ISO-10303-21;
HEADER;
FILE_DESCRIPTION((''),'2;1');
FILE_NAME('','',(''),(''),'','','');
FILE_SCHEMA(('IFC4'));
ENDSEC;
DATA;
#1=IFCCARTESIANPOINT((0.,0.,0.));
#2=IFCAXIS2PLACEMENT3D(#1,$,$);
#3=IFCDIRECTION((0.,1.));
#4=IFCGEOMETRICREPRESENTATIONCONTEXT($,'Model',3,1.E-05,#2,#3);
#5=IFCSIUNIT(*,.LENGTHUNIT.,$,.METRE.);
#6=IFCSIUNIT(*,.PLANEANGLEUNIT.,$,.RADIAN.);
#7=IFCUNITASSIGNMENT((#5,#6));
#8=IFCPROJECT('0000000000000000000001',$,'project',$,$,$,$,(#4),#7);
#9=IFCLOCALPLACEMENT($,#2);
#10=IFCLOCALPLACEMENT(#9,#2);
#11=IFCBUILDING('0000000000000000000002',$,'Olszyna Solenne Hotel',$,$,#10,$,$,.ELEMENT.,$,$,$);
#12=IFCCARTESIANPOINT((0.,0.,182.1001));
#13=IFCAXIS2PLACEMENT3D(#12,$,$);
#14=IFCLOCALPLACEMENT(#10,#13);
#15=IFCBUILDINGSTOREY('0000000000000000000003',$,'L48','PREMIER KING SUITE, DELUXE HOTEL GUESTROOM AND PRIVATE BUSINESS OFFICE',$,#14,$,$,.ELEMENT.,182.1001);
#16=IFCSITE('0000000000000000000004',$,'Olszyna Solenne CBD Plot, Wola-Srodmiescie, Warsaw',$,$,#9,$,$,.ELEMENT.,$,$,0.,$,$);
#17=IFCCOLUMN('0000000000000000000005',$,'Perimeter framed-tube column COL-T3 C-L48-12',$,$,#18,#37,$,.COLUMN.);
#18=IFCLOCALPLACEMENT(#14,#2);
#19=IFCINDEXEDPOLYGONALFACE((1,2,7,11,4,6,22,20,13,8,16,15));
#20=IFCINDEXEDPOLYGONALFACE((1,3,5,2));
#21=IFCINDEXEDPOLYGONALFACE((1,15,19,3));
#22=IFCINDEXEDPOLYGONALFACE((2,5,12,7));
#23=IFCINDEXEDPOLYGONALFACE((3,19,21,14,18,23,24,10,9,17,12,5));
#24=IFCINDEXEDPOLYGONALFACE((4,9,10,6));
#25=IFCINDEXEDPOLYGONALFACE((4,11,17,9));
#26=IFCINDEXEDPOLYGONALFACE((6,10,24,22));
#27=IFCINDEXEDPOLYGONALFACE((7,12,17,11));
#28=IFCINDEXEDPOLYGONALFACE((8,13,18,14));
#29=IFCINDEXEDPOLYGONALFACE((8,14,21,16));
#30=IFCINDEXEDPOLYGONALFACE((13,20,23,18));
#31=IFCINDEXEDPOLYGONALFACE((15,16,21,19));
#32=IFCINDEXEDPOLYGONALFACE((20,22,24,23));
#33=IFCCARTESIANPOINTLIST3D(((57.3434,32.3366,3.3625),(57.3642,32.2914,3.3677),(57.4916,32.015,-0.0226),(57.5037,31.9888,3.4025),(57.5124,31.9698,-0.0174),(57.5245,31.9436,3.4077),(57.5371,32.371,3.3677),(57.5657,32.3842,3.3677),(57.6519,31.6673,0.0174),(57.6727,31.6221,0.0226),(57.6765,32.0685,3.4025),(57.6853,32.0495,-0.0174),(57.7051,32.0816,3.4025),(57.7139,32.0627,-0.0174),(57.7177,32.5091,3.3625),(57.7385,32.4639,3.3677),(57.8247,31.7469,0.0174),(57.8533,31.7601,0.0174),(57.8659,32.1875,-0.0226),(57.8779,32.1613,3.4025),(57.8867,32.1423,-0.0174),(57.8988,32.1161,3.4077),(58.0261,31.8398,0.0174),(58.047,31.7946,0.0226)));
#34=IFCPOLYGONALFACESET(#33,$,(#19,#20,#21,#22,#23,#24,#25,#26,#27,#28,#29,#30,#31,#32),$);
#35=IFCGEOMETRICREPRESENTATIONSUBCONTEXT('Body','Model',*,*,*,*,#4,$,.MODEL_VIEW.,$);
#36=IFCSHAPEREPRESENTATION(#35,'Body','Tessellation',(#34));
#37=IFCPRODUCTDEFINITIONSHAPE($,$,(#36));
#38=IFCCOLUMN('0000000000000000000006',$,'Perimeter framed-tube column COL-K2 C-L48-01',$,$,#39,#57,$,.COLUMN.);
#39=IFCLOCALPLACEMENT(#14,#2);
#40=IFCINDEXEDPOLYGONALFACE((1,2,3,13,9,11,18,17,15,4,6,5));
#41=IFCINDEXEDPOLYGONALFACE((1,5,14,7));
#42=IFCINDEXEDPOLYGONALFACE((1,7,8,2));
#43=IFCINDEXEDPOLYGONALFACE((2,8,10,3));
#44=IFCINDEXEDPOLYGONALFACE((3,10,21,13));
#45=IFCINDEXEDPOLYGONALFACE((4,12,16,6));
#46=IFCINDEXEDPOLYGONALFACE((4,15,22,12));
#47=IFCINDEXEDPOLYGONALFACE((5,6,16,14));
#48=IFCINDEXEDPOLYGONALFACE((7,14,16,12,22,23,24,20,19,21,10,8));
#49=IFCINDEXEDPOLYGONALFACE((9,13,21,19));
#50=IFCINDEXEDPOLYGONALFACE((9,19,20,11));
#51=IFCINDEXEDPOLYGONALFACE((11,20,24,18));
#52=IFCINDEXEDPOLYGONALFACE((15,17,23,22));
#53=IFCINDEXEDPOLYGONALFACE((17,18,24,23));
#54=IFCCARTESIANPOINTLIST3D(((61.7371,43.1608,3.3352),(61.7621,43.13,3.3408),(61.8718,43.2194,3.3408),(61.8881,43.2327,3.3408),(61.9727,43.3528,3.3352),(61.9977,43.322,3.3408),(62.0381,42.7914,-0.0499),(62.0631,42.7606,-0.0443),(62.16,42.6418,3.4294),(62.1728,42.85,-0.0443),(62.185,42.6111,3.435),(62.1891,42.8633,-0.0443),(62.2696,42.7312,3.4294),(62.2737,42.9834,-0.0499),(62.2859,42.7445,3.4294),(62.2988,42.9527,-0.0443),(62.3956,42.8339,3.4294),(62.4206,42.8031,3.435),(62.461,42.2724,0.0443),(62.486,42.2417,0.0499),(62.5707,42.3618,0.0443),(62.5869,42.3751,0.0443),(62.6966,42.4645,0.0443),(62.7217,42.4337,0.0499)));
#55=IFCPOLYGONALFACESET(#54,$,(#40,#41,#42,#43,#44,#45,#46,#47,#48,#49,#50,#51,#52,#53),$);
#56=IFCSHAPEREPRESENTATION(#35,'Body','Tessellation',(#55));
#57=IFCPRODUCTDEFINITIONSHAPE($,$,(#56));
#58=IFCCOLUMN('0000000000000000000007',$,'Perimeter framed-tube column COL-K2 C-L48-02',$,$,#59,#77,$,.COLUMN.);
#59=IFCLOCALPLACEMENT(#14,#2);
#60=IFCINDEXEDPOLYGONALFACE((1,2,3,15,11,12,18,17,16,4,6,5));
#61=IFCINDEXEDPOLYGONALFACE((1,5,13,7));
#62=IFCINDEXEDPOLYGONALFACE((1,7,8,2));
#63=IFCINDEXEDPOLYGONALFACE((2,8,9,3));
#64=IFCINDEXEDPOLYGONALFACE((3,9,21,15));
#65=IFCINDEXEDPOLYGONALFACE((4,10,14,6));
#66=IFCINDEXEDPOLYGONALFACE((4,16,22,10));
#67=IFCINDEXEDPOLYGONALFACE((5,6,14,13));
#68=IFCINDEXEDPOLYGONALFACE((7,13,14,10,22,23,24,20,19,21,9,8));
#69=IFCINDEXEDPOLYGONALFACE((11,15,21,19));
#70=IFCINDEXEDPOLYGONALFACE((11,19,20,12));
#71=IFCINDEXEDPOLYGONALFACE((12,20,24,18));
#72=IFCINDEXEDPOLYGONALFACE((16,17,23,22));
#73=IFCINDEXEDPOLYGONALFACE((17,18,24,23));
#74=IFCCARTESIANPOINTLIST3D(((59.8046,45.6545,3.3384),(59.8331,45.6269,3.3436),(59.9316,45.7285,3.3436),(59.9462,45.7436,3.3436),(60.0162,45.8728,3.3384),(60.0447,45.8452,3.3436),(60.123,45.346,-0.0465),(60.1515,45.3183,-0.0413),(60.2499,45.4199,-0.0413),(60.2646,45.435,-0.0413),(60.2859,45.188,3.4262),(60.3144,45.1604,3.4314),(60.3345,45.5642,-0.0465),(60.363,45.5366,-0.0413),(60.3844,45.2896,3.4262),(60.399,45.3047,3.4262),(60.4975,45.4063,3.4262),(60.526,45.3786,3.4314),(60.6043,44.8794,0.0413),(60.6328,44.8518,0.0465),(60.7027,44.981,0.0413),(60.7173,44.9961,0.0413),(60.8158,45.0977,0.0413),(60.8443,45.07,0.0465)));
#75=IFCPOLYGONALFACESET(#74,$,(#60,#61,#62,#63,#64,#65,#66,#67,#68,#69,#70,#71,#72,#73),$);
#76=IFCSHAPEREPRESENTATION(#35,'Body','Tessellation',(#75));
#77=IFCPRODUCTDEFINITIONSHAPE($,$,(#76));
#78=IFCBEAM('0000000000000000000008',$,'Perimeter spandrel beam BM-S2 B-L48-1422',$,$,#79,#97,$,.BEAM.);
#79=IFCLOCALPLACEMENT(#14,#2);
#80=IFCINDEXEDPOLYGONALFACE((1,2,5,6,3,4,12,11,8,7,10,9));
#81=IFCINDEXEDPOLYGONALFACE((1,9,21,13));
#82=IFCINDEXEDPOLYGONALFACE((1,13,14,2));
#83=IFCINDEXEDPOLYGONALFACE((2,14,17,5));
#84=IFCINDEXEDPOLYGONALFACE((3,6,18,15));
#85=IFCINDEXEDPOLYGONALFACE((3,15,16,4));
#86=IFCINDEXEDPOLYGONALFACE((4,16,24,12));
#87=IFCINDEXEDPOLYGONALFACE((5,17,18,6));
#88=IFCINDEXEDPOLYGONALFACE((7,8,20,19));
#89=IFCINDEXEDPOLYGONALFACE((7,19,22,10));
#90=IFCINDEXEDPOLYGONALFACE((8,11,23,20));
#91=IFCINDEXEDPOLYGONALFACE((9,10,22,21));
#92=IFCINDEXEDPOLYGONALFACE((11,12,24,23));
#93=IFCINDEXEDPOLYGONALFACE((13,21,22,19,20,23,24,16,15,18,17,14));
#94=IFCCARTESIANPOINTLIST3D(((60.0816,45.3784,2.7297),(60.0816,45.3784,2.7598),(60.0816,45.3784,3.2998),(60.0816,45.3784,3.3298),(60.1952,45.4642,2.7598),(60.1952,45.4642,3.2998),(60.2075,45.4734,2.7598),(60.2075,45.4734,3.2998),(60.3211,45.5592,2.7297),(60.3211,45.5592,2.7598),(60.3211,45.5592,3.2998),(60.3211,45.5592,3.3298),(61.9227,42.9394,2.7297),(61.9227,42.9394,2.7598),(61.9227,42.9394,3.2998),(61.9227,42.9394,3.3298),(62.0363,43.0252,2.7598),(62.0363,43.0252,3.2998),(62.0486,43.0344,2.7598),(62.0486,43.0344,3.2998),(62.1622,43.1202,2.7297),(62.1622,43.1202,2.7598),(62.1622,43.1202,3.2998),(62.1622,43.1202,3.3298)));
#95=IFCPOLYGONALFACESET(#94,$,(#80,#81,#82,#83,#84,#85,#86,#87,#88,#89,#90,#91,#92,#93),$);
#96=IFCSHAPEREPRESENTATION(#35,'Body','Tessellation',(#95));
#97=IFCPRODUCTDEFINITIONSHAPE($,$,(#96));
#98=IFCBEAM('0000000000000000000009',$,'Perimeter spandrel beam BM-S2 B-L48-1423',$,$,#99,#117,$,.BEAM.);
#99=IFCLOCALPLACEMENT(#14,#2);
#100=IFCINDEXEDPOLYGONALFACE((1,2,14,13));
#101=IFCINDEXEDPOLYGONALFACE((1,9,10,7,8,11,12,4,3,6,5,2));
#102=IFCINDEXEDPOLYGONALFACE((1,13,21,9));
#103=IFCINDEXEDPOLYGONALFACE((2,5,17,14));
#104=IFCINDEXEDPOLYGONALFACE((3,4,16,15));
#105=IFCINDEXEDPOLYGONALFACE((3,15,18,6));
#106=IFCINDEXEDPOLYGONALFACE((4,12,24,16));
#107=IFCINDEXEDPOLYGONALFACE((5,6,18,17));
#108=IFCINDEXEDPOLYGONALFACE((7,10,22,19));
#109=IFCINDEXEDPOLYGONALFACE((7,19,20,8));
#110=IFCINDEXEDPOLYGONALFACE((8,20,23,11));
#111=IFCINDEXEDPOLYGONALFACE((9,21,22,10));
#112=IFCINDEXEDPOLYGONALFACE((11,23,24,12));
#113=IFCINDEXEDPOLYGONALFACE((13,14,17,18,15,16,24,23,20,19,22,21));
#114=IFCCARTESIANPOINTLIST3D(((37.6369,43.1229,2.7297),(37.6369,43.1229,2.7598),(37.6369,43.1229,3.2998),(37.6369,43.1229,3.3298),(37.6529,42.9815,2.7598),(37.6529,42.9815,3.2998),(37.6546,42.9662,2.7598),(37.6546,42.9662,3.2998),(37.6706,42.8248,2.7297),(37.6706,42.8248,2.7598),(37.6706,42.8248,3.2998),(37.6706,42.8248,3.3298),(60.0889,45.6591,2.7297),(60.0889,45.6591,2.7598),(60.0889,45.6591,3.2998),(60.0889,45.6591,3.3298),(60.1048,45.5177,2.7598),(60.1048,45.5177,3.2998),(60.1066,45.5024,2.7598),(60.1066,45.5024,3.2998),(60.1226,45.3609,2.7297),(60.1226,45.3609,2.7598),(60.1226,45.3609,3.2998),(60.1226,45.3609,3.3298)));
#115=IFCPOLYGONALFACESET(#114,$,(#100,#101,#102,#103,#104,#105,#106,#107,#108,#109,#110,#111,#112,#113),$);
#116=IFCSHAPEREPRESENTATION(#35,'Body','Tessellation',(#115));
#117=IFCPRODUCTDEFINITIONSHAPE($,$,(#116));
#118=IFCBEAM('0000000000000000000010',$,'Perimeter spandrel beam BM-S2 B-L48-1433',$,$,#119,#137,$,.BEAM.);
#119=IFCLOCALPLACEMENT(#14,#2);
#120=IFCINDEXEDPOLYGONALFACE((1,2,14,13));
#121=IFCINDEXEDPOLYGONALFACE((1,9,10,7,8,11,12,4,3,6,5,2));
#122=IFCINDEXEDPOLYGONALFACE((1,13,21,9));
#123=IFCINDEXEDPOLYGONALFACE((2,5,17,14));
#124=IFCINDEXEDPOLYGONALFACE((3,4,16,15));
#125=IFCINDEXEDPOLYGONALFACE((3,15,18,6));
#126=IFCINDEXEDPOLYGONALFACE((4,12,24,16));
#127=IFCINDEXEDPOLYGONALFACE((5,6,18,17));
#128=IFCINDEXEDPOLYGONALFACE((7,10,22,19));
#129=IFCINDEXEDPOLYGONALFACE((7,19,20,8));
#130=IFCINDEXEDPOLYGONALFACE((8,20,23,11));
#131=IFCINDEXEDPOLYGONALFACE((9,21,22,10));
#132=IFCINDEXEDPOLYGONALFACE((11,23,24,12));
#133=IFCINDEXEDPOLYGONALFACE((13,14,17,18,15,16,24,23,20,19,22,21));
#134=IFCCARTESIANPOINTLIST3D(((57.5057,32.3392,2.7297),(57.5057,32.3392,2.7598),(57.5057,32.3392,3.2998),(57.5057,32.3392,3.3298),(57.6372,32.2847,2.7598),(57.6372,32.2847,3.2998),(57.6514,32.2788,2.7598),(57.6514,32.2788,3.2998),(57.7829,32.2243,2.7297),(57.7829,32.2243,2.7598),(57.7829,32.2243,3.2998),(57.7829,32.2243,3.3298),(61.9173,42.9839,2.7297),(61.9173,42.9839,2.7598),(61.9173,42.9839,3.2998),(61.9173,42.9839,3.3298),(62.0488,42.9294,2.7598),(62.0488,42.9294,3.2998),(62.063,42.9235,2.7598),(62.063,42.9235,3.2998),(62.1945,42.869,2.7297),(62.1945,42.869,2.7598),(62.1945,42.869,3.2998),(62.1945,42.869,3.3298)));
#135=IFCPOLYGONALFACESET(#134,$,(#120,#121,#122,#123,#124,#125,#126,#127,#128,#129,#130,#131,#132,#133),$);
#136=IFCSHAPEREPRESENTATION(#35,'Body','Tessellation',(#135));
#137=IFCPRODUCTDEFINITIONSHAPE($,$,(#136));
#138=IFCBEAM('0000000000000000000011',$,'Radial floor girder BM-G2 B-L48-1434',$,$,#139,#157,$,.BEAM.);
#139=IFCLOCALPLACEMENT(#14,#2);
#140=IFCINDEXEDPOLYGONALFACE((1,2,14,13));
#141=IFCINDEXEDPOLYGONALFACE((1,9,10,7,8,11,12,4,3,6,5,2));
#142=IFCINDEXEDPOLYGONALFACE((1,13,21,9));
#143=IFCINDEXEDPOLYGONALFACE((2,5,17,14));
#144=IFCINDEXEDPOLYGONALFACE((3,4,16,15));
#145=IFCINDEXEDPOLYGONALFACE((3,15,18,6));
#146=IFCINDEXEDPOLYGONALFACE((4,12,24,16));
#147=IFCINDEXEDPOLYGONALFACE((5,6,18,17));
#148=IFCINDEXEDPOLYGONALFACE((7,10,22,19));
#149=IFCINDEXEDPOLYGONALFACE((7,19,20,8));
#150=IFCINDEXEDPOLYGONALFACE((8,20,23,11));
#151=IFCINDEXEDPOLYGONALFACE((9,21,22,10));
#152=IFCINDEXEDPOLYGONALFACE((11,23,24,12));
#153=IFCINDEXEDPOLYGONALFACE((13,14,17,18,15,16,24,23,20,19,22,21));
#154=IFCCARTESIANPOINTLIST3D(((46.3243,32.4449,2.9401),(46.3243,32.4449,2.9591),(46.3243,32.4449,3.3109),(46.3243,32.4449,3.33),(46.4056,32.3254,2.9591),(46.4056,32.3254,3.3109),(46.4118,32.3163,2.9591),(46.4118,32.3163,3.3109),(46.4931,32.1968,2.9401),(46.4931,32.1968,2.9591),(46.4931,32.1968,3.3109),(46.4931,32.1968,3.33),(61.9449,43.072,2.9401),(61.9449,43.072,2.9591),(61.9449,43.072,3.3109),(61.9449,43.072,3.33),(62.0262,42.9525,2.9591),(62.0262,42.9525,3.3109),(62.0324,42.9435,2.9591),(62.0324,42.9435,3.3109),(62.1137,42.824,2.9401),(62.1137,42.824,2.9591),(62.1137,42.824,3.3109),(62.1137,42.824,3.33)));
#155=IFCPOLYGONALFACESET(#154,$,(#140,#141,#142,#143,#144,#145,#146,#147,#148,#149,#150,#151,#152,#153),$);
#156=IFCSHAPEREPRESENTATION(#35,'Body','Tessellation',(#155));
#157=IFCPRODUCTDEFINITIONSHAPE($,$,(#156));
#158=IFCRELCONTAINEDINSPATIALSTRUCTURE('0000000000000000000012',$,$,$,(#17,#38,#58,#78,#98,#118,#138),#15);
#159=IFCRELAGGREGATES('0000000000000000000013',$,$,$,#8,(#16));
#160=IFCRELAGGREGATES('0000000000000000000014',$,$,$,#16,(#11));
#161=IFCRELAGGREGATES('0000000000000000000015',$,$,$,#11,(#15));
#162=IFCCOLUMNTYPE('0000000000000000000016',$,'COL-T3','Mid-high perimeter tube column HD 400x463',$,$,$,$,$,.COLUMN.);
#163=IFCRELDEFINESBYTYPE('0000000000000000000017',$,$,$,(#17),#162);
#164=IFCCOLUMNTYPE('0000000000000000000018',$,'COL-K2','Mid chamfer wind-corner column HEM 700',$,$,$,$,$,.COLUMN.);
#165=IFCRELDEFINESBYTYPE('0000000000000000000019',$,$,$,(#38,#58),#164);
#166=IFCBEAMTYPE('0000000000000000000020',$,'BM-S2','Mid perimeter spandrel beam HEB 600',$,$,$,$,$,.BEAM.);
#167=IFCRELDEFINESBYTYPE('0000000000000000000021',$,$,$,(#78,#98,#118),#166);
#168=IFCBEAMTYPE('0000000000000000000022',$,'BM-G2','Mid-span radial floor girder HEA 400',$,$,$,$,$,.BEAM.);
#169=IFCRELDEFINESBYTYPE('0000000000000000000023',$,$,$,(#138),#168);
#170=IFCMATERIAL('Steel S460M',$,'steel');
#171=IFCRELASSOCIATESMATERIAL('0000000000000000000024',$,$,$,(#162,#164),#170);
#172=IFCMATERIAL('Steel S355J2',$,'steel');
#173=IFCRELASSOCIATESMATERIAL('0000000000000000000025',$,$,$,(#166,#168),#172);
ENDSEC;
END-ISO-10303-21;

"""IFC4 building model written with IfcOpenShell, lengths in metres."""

from ifc_helpers import new_model, si_unit, direction, frame, origin, origin_2d, place, context, subcontext, project, spatial, i_section, extrude, source, transform, mapped, material, material_profile, profile_set, type_object, element, save


model = new_model("IFC4")

# Units and contexts
model_context = context("Model", 3, precision=1e-05, world=origin(), true_north=direction((0.0, 1.0)))
body_context = subcontext(model_context, "Body", "Model", "MODEL_VIEW")
ifc_project = project(units=[si_unit("LENGTHUNIT", "METRE"), si_unit("PLANEANGLEUNIT", "RADIAN")], contexts=[model_context])

# Site, building, storey
site_placement = place(None, origin())
site = spatial("IfcSite", under=ifc_project, at=site_placement, Name="Olszyna Solenne CBD Plot, Wola-Srodmiescie, Warsaw", CompositionType="ELEMENT", RefElevation=0.0)
building_placement = place(site_placement, origin())
building = spatial("IfcBuilding", under=site, at=building_placement, Name="Olszyna Solenne Hotel", CompositionType="ELEMENT")
storey_placement = place(building_placement, frame((0.0, 0.0, 182.1001)))
storey = spatial("IfcBuildingStorey", under=building, at=storey_placement, Name="L48", Description="PREMIER KING SUITE, DELUXE HOTEL GUESTROOM AND PRIVATE BUSINESS OFFICE", CompositionType="ELEMENT", Elevation=182.1001)

# Columns
ifc_material_1 = material(Name="Steel S460M", Category="steel")
ifc_material_profile_1 = material_profile(ifc_material_1, i_section(OverallWidth=0.4121, OverallDepth=0.4351, WebThickness=0.0315, FlangeThickness=0.05, at=origin_2d()), Name="HD 400x463", Category="load-bearing")
ifc_profile_set_1 = profile_set([ifc_material_profile_1], Name="Steel S460M")
column_type_1 = type_object("IfcColumnType", Name="COL-T3", Description="Mid-high perimeter tube column HD 400x463", PredefinedType="COLUMN", material=ifc_profile_set_1)
shared_shape_1 = source(origin(), body_context, "Body", "SweptSolid", [
    extrude(i_section(OverallWidth=0.4121, OverallDepth=0.4351, WebThickness=0.0315, FlangeThickness=0.05, at=origin_2d()), origin(), (0.0, 0.0, 1.0), 3.4036),
])
column_1_placement = place(storey_placement, frame((57.7693, 31.9048, 0.0), z_axis=(-0.043542, 0.094472, 0.994575), x_axis=(-0.908181, -0.418577, 0.0)))
element("IfcColumn", 1, at=column_1_placement, inside=storey, type_object=column_type_1, Name="Perimeter framed-tube column COL-T3 C-L48-12", PredefinedType="COLUMN", context=body_context, shape_type="MappedRepresentation", body=[
    mapped(shared_shape_1, transform((0.0, 0.0, 0.0), x_axis=(1.0, 0.0, 0.0), y_axis=(0.0, 1.0, 0.0), z_axis=(0.0, 0.0, 1.0), scale=1.0)),
])
ifc_material_profile_2 = material_profile(ifc_material_1, i_section(OverallWidth=0.304, OverallDepth=0.7161, WebThickness=0.021, FlangeThickness=0.04, at=origin_2d()), Name="HEM 700", Category="load-bearing")
ifc_profile_set_2 = profile_set([ifc_material_profile_2], Name="Steel S460M")
column_type_2 = type_object("IfcColumnType", Name="COL-K2", Description="Mid chamfer wind-corner column HEM 700", PredefinedType="COLUMN", material=ifc_profile_set_2)
shared_shape_2 = source(origin(), body_context, "Body", "SweptSolid", [
    extrude(i_section(OverallWidth=0.304, OverallDepth=0.7161, WebThickness=0.021, FlangeThickness=0.04, at=origin_2d()), origin(), (0.0, 0.0, 1.0), 3.4185),
])
column_2_placement = place(storey_placement, frame((62.3799, 42.6125, 0.0), z_axis=(-0.088061, 0.108058, 0.990237), x_axis=(-0.775189, -0.63173, 0.0)))
element("IfcColumn", 2, at=column_2_placement, inside=storey, type_object=column_type_2, Name="Perimeter framed-tube column COL-K2 C-L48-01", PredefinedType="COLUMN", context=body_context, shape_type="MappedRepresentation", body=[
    mapped(shared_shape_2, transform((0.0, 0.0, 0.0), x_axis=(1.0, 0.0, 0.0), y_axis=(0.0, 1.0, 0.0), z_axis=(0.0, 0.0, 1.0), scale=1.0)),
])
shared_shape_3 = source(origin(), body_context, "Body", "SweptSolid", [
    extrude(i_section(OverallWidth=0.304, OverallDepth=0.7161, WebThickness=0.021, FlangeThickness=0.04, at=origin_2d()), origin(), (0.0, 0.0, 1.0), 3.4138),
])
column_3_placement = place(storey_placement, frame((60.4836, 45.208, 0.0), z_axis=(-0.093253, 0.090393, 0.991531), x_axis=(-0.696008, -0.718034, 0.0)))
element("IfcColumn", 3, at=column_3_placement, inside=storey, type_object=column_type_2, Name="Perimeter framed-tube column COL-K2 C-L48-02", PredefinedType="COLUMN", context=body_context, shape_type="MappedRepresentation", body=[
    mapped(shared_shape_3, transform((0.0, 0.0, 0.0), x_axis=(1.0, 0.0, 0.0), y_axis=(0.0, 1.0, 0.0), z_axis=(0.0, 0.0, 1.0), scale=1.0)),
])

# Beams
ifc_material_2 = material(Name="Steel S355J2", Category="steel")
ifc_material_profile_3 = material_profile(ifc_material_2, i_section(OverallWidth=0.3, OverallDepth=0.6001, WebThickness=0.0154, FlangeThickness=0.03, at=origin_2d()), Name="HEB 600", Category="load-bearing")
ifc_profile_set_3 = profile_set([ifc_material_profile_3], Name="Steel S355J2")
beam_type_1 = type_object("IfcBeamType", Name="BM-S2", Description="Mid perimeter spandrel beam HEB 600", PredefinedType="BEAM", material=ifc_profile_set_3)
shared_shape_4 = source(origin(), body_context, "Body", "SweptSolid", [
    extrude(i_section(OverallWidth=0.3, OverallDepth=0.6001, WebThickness=0.0154, FlangeThickness=0.03, at=origin_2d()), origin(), (0.0, 0.0, 1.0), 3.0559),
])
beam_1_placement = place(storey_placement, frame((62.0425, 43.0298, 3.0298), z_axis=(-0.602477, 0.798136, 0.0), x_axis=(-0.798136, -0.602477, 0.0)))
element("IfcBeam", 4, at=beam_1_placement, inside=storey, type_object=beam_type_1, Name="Perimeter spandrel beam BM-S2 B-L48-1422", PredefinedType="BEAM", context=body_context, shape_type="MappedRepresentation", body=[
    mapped(shared_shape_4, transform((0.0, 0.0, 0.0), x_axis=(1.0, 0.0, 0.0), y_axis=(0.0, 1.0, 0.0), z_axis=(0.0, 0.0, 1.0), scale=1.0)),
])
shared_shape_5 = source(origin(), body_context, "Body", "SweptSolid", [
    extrude(i_section(OverallWidth=0.3, OverallDepth=0.6001, WebThickness=0.0154, FlangeThickness=0.03, at=origin_2d()), origin(), (0.0, 0.0, 1.0), 22.5947),
])
beam_2_placement = place(storey_placement, frame((60.1057, 45.51, 3.0298), z_axis=(-0.993681, -0.112245, 0.0), x_axis=(0.112245, -0.993681, 0.0)))
element("IfcBeam", 5, at=beam_2_placement, inside=storey, type_object=beam_type_1, Name="Perimeter spandrel beam BM-S2 B-L48-1423", PredefinedType="BEAM", context=body_context, shape_type="MappedRepresentation", body=[
    mapped(shared_shape_5, transform((0.0, 0.0, 0.0), x_axis=(1.0, 0.0, 0.0), y_axis=(0.0, 1.0, 0.0), z_axis=(0.0, 0.0, 1.0), scale=1.0)),
])
shared_shape_6 = source(origin(), body_context, "Body", "SweptSolid", [
    extrude(i_section(OverallWidth=0.3, OverallDepth=0.6001, WebThickness=0.0154, FlangeThickness=0.03, at=origin_2d()), origin(), (0.0, 0.0, 1.0), 11.5227),
])
beam_3_placement = place(storey_placement, frame((57.6443, 32.2817, 3.0298), z_axis=(0.382862, 0.923806, 0.0), x_axis=(-0.923806, 0.382862, 0.0)))
element("IfcBeam", 6, at=beam_3_placement, inside=storey, type_object=beam_type_1, Name="Perimeter spandrel beam BM-S2 B-L48-1433", PredefinedType="BEAM", context=body_context, shape_type="MappedRepresentation", body=[
    mapped(shared_shape_6, transform((0.0, 0.0, 0.0), x_axis=(1.0, 0.0, 0.0), y_axis=(0.0, 1.0, 0.0), z_axis=(0.0, 0.0, 1.0), scale=1.0)),
])
ifc_material_profile_4 = material_profile(ifc_material_2, i_section(OverallWidth=0.3, OverallDepth=0.3899, WebThickness=0.011, FlangeThickness=0.019, at=origin_2d()), Name="HEA 400", Category="load-bearing")
ifc_profile_set_4 = profile_set([ifc_material_profile_4], Name="Steel S355J2")
beam_type_2 = type_object("IfcBeamType", Name="BM-G2", Description="Mid-span radial floor girder HEA 400", PredefinedType="BEAM", material=ifc_profile_set_4)
shared_shape_7 = source(origin(), body_context, "Body", "SweptSolid", [
    extrude(i_section(OverallWidth=0.3, OverallDepth=0.3899, WebThickness=0.011, FlangeThickness=0.019, at=origin_2d()), origin(), (0.0, 0.0, 1.0), 18.8928),
])
beam_4_placement = place(storey_placement, frame((62.0293, 42.948, 3.135), z_axis=(-0.826799, -0.562498, 0.0), x_axis=(0.562498, -0.826799, 0.0)))
element("IfcBeam", 7, at=beam_4_placement, inside=storey, type_object=beam_type_2, Name="Radial floor girder BM-G2 B-L48-1434", PredefinedType="BEAM", context=body_context, shape_type="MappedRepresentation", body=[
    mapped(shared_shape_7, transform((0.0, 0.0, 0.0), x_axis=(1.0, 0.0, 0.0), y_axis=(0.0, 1.0, 0.0), z_axis=(0.0, 0.0, 1.0), scale=1.0)),
])

save(model, "model.ifc")
